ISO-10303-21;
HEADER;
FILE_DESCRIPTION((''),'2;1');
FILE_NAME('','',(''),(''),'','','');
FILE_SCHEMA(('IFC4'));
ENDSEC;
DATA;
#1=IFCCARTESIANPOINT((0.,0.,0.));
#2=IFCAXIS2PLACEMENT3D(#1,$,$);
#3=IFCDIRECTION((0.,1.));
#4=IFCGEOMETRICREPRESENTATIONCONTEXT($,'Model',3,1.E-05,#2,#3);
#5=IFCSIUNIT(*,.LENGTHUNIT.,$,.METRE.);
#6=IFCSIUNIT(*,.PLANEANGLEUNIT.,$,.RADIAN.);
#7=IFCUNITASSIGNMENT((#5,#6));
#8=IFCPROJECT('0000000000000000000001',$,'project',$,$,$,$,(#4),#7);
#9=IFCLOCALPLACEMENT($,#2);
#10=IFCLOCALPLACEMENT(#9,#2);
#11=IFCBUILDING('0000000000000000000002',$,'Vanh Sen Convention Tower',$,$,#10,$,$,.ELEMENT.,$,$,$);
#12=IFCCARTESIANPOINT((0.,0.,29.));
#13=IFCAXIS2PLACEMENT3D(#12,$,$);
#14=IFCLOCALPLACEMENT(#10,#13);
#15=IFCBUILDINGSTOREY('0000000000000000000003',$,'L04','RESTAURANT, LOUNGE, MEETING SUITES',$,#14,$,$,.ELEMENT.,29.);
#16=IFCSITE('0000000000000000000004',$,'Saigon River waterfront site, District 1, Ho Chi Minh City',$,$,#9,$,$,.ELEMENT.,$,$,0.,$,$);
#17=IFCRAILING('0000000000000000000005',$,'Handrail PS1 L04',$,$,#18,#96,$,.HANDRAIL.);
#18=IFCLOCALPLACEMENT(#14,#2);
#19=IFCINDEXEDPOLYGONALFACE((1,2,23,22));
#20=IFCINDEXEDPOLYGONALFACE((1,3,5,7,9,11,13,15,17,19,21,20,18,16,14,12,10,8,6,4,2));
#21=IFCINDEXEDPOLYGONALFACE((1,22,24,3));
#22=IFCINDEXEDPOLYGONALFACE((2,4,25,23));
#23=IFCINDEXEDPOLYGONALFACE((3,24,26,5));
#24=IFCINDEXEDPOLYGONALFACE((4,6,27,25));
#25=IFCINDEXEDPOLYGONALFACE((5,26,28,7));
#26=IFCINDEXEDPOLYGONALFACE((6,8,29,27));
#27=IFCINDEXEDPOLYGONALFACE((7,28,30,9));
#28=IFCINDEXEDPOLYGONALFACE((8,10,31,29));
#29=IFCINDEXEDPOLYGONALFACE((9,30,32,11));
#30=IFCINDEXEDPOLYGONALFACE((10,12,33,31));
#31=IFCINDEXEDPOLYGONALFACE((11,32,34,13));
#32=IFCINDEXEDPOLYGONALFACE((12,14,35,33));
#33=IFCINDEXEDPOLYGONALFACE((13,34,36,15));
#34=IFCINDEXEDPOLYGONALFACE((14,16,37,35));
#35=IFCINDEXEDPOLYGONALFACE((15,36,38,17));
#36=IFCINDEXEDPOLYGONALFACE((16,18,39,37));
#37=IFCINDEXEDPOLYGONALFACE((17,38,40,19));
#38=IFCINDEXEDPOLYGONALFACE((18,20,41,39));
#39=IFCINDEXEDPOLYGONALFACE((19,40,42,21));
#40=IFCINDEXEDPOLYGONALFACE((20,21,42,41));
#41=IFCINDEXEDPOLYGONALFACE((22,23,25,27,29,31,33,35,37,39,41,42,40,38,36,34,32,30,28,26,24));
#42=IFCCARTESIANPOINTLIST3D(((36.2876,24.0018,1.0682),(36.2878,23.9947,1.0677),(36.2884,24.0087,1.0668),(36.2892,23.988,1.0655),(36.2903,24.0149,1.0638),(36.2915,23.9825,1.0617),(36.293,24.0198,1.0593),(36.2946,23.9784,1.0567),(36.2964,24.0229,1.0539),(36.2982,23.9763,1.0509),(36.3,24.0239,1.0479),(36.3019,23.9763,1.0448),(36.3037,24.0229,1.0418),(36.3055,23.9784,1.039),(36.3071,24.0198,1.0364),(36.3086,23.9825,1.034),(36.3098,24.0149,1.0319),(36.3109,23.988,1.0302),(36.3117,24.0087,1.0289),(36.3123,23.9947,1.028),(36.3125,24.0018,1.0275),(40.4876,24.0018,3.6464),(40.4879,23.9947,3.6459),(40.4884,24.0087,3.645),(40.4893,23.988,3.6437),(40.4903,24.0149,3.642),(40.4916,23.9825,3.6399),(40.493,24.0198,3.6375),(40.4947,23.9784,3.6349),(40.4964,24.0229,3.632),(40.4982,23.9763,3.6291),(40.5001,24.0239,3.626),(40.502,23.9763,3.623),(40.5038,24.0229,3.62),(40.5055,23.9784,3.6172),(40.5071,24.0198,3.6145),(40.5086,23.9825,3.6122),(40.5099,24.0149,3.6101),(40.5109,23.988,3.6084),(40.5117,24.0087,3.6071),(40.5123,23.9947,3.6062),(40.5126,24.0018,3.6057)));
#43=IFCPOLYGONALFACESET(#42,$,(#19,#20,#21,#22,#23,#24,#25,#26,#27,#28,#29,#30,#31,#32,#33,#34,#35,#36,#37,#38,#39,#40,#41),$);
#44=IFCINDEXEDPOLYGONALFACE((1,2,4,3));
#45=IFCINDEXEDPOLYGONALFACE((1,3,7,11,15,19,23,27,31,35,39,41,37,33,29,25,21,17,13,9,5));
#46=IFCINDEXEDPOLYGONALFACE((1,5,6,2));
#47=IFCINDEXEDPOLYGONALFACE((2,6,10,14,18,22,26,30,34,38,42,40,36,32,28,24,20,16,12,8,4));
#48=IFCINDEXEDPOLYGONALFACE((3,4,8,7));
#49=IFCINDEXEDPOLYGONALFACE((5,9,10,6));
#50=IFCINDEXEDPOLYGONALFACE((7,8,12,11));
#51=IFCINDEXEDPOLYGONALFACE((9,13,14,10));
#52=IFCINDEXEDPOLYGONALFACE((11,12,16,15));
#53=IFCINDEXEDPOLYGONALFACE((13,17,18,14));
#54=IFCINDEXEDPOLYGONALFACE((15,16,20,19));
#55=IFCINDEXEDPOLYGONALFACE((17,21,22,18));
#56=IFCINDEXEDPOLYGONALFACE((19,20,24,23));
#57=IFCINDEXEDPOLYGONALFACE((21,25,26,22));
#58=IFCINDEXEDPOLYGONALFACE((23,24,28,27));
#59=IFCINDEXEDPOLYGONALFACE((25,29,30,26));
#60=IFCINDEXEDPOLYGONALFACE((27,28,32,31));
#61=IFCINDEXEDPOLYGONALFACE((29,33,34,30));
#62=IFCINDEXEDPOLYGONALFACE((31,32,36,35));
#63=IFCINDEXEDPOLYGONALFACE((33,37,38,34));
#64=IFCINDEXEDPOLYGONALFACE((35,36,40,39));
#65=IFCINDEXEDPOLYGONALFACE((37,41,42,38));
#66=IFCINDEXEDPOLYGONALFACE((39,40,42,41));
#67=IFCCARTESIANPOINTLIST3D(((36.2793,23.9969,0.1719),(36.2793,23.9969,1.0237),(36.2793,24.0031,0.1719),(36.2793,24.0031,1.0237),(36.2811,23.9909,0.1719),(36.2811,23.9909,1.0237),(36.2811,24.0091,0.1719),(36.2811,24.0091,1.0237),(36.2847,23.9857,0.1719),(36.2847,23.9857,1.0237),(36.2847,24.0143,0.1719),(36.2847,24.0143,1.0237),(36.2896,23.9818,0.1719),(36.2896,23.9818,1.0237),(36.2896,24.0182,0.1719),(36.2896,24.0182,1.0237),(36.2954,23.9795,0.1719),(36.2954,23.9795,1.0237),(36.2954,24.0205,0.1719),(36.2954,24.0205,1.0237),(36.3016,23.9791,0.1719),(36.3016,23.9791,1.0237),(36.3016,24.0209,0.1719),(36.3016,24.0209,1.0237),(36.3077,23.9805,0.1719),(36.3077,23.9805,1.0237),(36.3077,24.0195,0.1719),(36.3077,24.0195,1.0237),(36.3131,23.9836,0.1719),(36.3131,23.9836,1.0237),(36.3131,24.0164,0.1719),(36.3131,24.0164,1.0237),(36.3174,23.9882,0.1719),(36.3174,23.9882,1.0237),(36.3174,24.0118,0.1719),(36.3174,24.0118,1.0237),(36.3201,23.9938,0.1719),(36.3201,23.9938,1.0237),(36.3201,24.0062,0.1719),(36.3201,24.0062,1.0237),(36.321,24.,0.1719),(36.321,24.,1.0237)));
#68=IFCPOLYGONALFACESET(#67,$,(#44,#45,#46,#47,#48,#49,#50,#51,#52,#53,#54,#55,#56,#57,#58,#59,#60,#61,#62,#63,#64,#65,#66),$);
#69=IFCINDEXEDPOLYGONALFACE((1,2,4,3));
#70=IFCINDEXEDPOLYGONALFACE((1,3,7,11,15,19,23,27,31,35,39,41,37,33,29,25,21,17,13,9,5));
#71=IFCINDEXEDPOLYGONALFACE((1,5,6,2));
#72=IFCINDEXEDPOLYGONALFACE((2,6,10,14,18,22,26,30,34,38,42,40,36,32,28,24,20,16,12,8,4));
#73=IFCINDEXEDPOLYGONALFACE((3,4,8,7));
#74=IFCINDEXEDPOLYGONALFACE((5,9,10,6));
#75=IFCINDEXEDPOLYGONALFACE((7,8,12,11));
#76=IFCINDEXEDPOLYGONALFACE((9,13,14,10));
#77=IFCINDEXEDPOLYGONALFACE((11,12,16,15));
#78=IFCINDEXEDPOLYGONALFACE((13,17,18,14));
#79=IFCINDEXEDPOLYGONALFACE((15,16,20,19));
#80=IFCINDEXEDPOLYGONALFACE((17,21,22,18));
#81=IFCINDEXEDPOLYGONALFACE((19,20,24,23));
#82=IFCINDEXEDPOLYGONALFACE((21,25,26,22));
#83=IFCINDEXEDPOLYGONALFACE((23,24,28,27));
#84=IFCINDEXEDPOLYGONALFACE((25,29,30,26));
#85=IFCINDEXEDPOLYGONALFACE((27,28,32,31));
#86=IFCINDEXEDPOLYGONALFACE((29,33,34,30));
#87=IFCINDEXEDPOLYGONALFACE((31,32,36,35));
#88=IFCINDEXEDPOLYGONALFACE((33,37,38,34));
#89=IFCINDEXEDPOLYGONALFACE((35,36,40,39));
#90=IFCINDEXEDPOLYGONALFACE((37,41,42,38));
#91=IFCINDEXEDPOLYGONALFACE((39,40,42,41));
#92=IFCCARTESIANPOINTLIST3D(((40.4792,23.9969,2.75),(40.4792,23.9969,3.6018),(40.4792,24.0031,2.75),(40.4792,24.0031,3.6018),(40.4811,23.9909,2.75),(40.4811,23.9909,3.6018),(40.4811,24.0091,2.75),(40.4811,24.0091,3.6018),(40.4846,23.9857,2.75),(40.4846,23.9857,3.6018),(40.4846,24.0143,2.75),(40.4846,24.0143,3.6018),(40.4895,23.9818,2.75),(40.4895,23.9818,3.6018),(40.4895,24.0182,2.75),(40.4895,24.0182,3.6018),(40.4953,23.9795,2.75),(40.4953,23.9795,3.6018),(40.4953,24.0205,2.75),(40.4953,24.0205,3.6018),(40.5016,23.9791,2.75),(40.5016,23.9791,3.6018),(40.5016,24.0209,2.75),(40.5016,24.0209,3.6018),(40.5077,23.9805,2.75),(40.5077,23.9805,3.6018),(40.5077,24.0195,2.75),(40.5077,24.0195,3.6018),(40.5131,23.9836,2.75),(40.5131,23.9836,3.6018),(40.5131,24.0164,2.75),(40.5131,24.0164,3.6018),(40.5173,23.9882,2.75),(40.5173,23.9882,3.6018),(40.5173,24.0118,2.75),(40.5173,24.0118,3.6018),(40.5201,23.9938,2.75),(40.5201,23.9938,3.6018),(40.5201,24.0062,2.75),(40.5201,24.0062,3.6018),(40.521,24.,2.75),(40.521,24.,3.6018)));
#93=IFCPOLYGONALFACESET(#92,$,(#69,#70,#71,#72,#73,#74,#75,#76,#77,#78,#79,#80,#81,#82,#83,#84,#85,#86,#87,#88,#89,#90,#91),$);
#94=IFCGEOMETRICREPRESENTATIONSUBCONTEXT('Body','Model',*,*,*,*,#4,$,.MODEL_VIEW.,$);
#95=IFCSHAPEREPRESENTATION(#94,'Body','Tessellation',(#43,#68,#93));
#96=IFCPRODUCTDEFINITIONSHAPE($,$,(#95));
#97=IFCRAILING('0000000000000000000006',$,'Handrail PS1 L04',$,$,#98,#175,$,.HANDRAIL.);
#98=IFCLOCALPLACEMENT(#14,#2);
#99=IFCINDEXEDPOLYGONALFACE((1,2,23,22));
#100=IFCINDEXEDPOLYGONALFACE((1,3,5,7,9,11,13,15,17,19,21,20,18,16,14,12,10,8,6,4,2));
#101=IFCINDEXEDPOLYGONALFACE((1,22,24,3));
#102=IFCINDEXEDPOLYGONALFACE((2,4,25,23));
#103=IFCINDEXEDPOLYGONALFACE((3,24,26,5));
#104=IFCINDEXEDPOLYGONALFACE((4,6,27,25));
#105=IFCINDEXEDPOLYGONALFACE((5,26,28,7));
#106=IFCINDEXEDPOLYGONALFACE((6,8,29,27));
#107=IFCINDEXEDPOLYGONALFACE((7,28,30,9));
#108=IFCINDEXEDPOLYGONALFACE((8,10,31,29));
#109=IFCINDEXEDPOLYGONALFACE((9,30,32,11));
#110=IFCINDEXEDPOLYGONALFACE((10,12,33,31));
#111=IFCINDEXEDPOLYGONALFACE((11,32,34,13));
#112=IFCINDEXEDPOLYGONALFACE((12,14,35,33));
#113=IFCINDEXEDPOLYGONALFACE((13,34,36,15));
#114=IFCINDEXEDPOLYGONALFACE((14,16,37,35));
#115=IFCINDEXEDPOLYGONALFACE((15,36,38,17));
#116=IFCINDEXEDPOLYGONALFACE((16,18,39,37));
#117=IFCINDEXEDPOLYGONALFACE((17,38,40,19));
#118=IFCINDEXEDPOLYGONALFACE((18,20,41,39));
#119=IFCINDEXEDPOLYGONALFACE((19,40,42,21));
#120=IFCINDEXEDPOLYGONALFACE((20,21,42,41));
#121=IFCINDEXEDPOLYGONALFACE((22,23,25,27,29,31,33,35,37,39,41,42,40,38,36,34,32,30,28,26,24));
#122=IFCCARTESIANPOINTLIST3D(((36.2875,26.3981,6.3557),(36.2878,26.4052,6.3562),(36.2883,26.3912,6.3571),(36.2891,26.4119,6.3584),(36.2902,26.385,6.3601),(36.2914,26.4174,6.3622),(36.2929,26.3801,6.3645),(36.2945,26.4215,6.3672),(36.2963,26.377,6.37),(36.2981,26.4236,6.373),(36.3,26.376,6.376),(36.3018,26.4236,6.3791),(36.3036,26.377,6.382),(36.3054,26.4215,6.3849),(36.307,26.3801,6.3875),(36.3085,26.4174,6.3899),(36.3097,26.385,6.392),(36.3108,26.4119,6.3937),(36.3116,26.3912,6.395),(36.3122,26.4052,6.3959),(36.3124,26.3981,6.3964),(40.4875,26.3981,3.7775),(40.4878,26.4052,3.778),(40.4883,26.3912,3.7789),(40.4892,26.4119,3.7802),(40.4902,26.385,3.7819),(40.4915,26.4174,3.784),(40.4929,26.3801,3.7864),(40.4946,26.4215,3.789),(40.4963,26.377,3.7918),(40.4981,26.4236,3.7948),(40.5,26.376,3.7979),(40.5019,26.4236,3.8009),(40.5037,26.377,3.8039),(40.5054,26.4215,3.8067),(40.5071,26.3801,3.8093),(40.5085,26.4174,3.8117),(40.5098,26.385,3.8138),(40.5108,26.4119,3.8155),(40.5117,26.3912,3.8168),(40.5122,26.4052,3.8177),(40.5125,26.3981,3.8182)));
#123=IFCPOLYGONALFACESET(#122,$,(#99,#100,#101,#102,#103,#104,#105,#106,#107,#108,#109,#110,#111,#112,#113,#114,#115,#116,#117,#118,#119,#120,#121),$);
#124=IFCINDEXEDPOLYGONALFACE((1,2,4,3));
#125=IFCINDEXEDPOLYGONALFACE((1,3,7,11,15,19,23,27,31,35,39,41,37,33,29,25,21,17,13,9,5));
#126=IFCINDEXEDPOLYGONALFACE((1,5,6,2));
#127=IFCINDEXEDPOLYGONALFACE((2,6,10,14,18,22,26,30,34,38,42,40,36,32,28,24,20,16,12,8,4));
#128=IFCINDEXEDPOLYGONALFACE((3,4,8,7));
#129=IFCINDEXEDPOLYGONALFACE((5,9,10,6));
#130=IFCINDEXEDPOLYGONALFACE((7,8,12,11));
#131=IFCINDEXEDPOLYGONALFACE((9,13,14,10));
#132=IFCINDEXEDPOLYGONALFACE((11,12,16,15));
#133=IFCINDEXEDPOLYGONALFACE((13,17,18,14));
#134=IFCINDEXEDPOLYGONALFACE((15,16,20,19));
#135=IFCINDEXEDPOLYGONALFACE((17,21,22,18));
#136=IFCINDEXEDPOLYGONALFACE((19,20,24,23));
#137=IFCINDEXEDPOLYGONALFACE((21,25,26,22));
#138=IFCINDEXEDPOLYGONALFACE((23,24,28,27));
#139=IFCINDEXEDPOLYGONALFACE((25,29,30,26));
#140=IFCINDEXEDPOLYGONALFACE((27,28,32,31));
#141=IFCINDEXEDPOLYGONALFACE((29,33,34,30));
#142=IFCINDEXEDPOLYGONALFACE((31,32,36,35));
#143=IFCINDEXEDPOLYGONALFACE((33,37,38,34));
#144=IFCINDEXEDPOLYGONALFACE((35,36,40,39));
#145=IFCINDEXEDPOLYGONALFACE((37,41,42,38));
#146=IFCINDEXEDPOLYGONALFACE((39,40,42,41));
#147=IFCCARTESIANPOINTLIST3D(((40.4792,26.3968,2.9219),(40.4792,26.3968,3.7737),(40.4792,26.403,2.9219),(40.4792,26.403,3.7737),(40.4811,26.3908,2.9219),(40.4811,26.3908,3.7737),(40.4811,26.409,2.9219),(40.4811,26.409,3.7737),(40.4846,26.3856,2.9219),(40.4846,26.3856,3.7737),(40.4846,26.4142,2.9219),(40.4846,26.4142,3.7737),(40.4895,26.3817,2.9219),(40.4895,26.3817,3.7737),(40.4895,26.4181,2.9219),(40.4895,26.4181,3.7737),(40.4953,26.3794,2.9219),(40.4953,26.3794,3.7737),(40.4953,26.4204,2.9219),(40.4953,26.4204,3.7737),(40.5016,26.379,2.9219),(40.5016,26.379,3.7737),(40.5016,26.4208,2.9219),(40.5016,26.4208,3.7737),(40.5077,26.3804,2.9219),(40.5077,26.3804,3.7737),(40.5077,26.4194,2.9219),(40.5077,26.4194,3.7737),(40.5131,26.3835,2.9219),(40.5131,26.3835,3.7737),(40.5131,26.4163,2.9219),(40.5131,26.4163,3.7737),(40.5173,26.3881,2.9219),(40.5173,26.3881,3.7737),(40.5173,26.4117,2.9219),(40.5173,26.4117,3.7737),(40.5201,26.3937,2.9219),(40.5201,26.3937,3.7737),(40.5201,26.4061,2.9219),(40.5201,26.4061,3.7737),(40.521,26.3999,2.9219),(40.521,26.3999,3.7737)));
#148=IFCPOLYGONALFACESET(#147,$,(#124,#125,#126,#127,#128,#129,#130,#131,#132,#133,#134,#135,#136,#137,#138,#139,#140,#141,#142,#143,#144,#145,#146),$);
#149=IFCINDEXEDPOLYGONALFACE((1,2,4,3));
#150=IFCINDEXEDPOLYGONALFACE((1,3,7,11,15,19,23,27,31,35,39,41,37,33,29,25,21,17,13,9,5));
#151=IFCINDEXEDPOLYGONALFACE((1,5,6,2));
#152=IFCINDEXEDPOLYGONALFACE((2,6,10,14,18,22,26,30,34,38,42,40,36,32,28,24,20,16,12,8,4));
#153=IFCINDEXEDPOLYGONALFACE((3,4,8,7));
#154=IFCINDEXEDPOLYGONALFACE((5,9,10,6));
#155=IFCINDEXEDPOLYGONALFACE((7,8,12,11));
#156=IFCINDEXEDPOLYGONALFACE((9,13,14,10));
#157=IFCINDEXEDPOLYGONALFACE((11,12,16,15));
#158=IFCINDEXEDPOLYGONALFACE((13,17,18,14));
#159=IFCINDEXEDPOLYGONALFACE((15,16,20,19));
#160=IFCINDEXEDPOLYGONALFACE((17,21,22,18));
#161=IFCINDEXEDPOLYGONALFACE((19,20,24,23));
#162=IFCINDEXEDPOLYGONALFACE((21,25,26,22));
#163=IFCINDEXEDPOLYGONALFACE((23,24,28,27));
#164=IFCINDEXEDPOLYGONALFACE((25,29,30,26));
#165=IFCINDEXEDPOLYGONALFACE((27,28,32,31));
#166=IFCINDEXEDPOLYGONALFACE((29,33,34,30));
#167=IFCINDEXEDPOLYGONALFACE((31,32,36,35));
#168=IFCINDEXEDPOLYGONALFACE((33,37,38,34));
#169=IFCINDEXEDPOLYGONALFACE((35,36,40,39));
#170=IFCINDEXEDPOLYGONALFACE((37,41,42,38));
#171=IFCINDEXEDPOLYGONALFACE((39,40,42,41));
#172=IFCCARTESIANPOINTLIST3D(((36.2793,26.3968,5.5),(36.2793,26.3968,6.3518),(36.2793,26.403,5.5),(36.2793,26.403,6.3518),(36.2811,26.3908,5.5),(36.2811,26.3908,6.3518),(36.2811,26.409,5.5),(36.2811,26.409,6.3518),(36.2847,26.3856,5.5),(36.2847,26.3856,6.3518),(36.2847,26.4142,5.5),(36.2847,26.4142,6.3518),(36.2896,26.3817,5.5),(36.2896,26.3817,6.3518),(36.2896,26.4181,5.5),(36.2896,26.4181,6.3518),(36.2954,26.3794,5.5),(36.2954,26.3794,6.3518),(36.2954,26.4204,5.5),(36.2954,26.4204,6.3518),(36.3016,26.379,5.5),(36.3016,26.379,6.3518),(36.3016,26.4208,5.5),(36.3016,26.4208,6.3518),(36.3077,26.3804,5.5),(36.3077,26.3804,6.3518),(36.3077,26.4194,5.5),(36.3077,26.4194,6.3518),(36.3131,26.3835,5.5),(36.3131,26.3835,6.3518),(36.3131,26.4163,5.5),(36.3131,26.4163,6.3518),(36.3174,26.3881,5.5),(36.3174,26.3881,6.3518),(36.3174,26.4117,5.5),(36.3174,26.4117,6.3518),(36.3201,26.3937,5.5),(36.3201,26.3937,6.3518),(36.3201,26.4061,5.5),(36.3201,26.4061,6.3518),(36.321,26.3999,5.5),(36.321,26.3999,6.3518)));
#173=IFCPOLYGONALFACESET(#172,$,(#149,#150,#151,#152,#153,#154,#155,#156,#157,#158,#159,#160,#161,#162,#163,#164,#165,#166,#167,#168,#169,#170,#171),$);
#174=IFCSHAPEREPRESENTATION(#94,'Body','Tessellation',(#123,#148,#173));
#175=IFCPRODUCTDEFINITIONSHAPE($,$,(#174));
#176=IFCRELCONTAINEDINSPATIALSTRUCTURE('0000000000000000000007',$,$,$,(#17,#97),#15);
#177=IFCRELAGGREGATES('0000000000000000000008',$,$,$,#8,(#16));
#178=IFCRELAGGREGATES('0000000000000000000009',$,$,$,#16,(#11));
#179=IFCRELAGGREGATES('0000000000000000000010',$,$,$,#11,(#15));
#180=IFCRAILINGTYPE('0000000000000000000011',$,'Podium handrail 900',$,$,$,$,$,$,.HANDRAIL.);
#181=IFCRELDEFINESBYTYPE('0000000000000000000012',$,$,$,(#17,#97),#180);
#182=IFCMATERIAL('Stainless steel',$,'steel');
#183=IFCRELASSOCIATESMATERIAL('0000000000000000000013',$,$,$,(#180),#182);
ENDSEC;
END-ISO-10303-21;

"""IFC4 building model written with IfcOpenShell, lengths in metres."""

from ifc_helpers import new_model, si_unit, direction, frame, origin, origin_2d, place, context, subcontext, project, spatial, circle, extrude, material, type_object, element, save


model = new_model("IFC4")

# Units and contexts
model_context = context("Model", 3, precision=1e-05, world=origin(), true_north=direction((0.0, 1.0)))
body_context = subcontext(model_context, "Body", "Model", "MODEL_VIEW")
ifc_project = project(units=[si_unit("LENGTHUNIT", "METRE"), si_unit("PLANEANGLEUNIT", "RADIAN")], contexts=[model_context])

# Site, building, storey
site_placement = place(None, origin())
site = spatial("IfcSite", under=ifc_project, at=site_placement, Name="Saigon River waterfront site, District 1, Ho Chi Minh City", CompositionType="ELEMENT", RefElevation=0.0)
building_placement = place(site_placement, origin())
building = spatial("IfcBuilding", under=site, at=building_placement, Name="Vanh Sen Convention Tower", CompositionType="ELEMENT")
storey_placement = place(building_placement, frame((0.0, 0.0, 29.0)))
storey = spatial("IfcBuildingStorey", under=building, at=storey_placement, Name="L04", Description="RESTAURANT, LOUNGE, MEETING SUITES", CompositionType="ELEMENT", Elevation=29.0)

# Railings
ifc_material_1 = material(Name="Stainless steel", Category="steel")
railing_type = type_object("IfcRailingType", Name="Podium handrail 900", PredefinedType="HANDRAIL", material=ifc_material_1)
for number, where, name in (
    (1, (36.3, 24.0, 0.1719), "Handrail PS1 L04"),
):
    element("IfcRailing", number, at=place(storey_placement, frame(where)), inside=storey, type_object=railing_type, Name=name, PredefinedType="HANDRAIL", context=body_context, shape_type="SweptSolid", body=[
        extrude(circle(Radius=0.0239, at=origin_2d()), frame((0.0, 0.0, 0.876), z_axis=(0.852243, 0.0, 0.523146), x_axis=(0.0, 1.0, 0.0)), (0.0, 0.0, 1.0), 4.9282),
        extrude(circle(Radius=0.021, at=origin_2d()), origin(), (0.0, 0.0, 1.0), 0.8518),
        extrude(circle(Radius=0.021, at=origin_2d()), frame((4.2, 0.0, 2.5781)), (0.0, 0.0, 1.0), 0.8518),
    ])
for number, where, name in (
    (2, (40.5, 26.3999, 2.9219), "Handrail PS1 L04"),
):
    element("IfcRailing", number, at=place(storey_placement, frame(where)), inside=storey, type_object=railing_type, Name=name, PredefinedType="HANDRAIL", context=body_context, shape_type="SweptSolid", body=[
        extrude(circle(Radius=0.0239, at=origin_2d()), frame((0.0, 0.0, 0.876), z_axis=(-0.852243, 0.0, 0.523146), x_axis=(0.0, -1.0, 0.0)), (0.0, 0.0, 1.0), 4.9282),
        extrude(circle(Radius=0.021, at=origin_2d()), origin(), (0.0, 0.0, 1.0), 0.8518),
        extrude(circle(Radius=0.021, at=origin_2d()), frame((-4.2, 0.0, 2.5781)), (0.0, 0.0, 1.0), 0.8518),
    ])

save(model, "model.ifc")
